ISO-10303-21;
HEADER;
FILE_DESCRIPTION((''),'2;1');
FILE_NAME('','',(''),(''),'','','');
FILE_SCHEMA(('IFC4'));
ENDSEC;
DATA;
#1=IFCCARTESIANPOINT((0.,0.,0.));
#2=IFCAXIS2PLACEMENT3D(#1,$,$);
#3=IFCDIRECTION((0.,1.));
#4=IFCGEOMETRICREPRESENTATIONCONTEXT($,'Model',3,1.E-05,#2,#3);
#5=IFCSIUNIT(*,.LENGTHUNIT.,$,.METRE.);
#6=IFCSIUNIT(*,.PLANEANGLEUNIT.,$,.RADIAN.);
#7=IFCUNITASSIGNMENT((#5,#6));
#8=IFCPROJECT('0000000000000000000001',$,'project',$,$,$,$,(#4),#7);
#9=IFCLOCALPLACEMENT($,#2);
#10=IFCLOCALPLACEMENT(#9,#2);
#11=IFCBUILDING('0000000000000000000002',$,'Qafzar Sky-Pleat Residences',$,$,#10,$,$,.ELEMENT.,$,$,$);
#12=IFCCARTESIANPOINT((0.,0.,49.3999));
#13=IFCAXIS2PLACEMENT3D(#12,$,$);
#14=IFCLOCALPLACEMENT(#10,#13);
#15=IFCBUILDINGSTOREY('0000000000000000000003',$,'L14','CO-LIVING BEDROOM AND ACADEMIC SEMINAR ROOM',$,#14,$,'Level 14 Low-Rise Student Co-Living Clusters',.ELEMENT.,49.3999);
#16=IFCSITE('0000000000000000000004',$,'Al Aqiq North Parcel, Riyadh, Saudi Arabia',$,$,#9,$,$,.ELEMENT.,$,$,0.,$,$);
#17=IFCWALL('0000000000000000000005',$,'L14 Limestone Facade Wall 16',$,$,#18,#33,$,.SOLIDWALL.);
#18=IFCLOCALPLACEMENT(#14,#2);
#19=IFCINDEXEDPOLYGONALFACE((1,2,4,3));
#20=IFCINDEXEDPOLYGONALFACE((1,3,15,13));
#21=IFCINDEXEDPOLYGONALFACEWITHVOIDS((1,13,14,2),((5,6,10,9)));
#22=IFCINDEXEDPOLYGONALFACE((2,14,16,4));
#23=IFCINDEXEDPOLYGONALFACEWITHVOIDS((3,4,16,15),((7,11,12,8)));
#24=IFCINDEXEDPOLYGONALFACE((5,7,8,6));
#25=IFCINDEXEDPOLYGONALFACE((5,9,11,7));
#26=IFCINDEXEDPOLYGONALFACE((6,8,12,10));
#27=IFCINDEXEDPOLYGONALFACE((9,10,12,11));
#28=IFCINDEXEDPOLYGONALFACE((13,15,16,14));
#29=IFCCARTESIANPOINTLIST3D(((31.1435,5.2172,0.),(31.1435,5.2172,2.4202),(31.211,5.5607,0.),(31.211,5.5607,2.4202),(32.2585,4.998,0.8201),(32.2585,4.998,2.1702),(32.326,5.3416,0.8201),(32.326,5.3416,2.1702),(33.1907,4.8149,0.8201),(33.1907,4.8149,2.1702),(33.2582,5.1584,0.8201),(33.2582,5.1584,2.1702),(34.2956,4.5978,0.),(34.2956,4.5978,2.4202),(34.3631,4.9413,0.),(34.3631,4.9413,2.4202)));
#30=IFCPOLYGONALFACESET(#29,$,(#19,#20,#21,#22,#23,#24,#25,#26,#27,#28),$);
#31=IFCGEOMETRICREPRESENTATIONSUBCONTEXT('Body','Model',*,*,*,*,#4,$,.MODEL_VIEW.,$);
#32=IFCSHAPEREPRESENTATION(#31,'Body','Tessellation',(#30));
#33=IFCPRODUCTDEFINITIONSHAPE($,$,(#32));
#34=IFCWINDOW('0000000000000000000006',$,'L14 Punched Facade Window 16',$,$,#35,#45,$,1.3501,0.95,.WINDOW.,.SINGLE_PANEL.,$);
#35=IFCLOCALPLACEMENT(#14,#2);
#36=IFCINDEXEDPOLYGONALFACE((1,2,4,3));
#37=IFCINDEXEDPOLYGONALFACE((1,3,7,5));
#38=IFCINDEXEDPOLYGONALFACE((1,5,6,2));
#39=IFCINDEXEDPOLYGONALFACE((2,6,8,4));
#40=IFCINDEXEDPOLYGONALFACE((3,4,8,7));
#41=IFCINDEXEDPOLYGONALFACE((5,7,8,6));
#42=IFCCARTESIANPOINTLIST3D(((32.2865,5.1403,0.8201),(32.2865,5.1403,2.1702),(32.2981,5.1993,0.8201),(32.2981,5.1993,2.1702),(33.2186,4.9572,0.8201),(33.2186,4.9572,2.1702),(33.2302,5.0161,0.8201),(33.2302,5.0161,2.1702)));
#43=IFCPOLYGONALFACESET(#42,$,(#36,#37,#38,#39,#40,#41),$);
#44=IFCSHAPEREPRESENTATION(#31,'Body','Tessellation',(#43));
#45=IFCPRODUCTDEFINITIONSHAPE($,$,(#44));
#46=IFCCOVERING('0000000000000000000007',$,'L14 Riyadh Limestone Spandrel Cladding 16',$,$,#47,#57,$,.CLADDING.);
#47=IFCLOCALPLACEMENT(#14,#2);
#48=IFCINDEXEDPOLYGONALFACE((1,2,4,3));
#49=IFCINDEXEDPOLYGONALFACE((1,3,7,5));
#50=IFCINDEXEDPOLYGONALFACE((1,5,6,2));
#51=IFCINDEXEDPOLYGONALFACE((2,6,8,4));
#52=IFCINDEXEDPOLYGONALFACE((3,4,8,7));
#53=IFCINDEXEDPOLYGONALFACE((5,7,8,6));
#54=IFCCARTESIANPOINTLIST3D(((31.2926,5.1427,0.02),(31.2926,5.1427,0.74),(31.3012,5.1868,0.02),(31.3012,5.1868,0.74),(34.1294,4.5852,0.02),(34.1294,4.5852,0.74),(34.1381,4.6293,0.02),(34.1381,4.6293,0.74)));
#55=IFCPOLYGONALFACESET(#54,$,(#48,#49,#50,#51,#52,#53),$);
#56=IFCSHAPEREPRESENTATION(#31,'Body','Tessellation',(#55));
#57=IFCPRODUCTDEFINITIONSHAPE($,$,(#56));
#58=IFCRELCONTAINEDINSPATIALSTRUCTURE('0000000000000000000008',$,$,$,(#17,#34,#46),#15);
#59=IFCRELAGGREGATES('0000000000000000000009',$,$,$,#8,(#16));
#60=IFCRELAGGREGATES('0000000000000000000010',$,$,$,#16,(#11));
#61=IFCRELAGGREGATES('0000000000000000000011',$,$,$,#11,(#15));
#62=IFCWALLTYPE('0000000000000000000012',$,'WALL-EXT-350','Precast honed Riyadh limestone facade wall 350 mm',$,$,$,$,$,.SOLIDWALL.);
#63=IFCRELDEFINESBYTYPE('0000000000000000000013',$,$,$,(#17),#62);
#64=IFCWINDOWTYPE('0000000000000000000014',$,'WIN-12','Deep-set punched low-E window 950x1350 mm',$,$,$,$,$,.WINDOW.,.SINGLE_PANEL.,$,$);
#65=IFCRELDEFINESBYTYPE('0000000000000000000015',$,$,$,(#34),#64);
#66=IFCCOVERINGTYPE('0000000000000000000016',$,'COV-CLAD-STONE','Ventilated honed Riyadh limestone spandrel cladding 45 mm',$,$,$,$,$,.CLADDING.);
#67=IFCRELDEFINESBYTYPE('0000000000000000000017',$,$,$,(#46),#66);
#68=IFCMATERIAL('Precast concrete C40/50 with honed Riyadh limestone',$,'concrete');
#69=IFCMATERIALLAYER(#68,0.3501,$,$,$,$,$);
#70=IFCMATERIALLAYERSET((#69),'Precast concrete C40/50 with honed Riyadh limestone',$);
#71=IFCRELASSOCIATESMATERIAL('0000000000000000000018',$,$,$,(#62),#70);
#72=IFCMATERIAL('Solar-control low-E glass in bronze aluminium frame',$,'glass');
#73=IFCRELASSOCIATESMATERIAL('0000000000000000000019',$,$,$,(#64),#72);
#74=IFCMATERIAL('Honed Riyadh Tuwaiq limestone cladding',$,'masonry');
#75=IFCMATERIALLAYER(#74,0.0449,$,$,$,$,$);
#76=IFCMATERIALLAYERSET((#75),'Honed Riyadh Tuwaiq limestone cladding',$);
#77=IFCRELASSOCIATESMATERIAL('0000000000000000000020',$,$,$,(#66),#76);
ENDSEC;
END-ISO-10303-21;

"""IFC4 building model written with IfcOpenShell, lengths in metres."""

from ifc_helpers import new_model, si_unit, direction, frame, frame_2d, origin, origin_2d, place, context, subcontext, project, spatial, rectangle, extrude, source, transform, mapped, material, layer, layer_set, type_object, element, fill, save


model = new_model("IFC4")

# Units and contexts
model_context = context("Model", 3, precision=1e-05, world=origin(), true_north=direction((0.0, 1.0)))
body_context = subcontext(model_context, "Body", "Model", "MODEL_VIEW")
ifc_project = project(units=[si_unit("LENGTHUNIT", "METRE"), si_unit("PLANEANGLEUNIT", "RADIAN")], contexts=[model_context])

# Site, building, storey
site_placement = place(None, origin())
site = spatial("IfcSite", under=ifc_project, at=site_placement, Name="Al Aqiq North Parcel, Riyadh, Saudi Arabia", CompositionType="ELEMENT", RefElevation=0.0)
building_placement = place(site_placement, origin())
building = spatial("IfcBuilding", under=site, at=building_placement, Name="Qafzar Sky-Pleat Residences", CompositionType="ELEMENT")
storey_placement = place(building_placement, frame((0.0, 0.0, 49.3999)))
storey = spatial("IfcBuildingStorey", under=building, at=storey_placement, Name="L14", Description="CO-LIVING BEDROOM AND ACADEMIC SEMINAR ROOM", LongName="Level 14 Low-Rise Student Co-Living Clusters", CompositionType="ELEMENT", Elevation=49.3999)

# Wall, opening, window
ifc_material_1 = material(Name="Precast concrete C40/50 with honed Riyadh limestone", Category="concrete")
ifc_layer_1 = layer(ifc_material_1, 0.3501)
ifc_layer_set_1 = layer_set([ifc_layer_1], Name="Precast concrete C40/50 with honed Riyadh limestone")
wall_type_1 = type_object("IfcWallType", Name="WALL-EXT-350", Description="Precast honed Riyadh limestone facade wall 350 mm", PredefinedType="SOLIDWALL", material=ifc_layer_set_1)
ifc_material_2 = material(Name="Solar-control low-E glass in bronze aluminium frame", Category="glass")
wall_1_placement = place(storey_placement, frame((31.1772, 5.3889, 0.0), z_axis=(0.0, 0.0, 1.0), x_axis=(0.981236, -0.192812, 0.0)))
wall_1 = element("IfcWall", 1, at=wall_1_placement, inside=storey, type_object=wall_type_1, Name="L14 Limestone Facade Wall 16", PredefinedType="SOLIDWALL", context=body_context, shape_type="SweptSolid", body=[
    extrude(rectangle(XDim=3.2124, YDim=0.3501, at=frame_2d((1.6062, 0.0))), origin(), (0.0, 0.0, 1.0), 2.4202),
])
opening_1_placement = place(wall_1_placement, frame((1.1362, 0.0, 0.8201)))
opening_1 = element("IfcOpeningElement", 2, at=opening_1_placement, cuts=wall_1, PredefinedType="OPENING", context=body_context, shape_type="SweptSolid", body=[
    extrude(rectangle(XDim=0.95, YDim=1.3501, at=frame_2d((0.4751, 0.675))), frame((0.0, 0.1851, 0.0), z_axis=(0.0, -1.0, 0.0), x_axis=(1.0, 0.0, 0.0)), (0.0, 0.0, 1.0), 0.3701),
])
window_type_1 = type_object("IfcWindowType", Name="WIN-12", Description="Deep-set punched low-E window 950x1350 mm", PartitioningType="SINGLE_PANEL", PredefinedType="WINDOW", material=ifc_material_2)
shared_shape_1 = source(origin(), body_context, "Body", "SweptSolid", [
    extrude(rectangle(XDim=0.95, YDim=1.3501, at=frame_2d((0.4751, 0.675))), frame((0.0, 0.03, 0.0), z_axis=(0.0, -1.0, 0.0), x_axis=(1.0, 0.0, 0.0)), (0.0, 0.0, 1.0), 0.0601),
])
window_1_placement = place(opening_1_placement, origin())
window_1 = element("IfcWindow", 3, at=window_1_placement, inside=storey, type_object=window_type_1, Name="L14 Punched Facade Window 16", OverallHeight=1.3501, OverallWidth=0.95, PartitioningType="SINGLE_PANEL", PredefinedType="WINDOW", context=body_context, shape_type="MappedRepresentation", body=[
    mapped(shared_shape_1, transform((0.0, 0.0, 0.0), x_axis=(1.0, 0.0, 0.0), y_axis=(0.0, 1.0, 0.0), z_axis=(0.0, 0.0, 1.0), scale=1.0)),
])
fill(opening_1, window_1)

# Covering
ifc_material_3 = material(Name="Honed Riyadh Tuwaiq limestone cladding", Category="masonry")
ifc_layer_2 = layer(ifc_material_3, 0.0449)
ifc_layer_set_2 = layer_set([ifc_layer_2], Name="Honed Riyadh Tuwaiq limestone cladding")
covering_type = type_object("IfcCoveringType", Name="COV-CLAD-STONE", Description="Ventilated honed Riyadh limestone spandrel cladding 45 mm", PredefinedType="CLADDING", material=ifc_layer_set_2)
shared_shape_2 = source(origin(), body_context, "Body", "SweptSolid", [
    extrude(rectangle(XDim=2.8911, YDim=0.0449, at=origin_2d()), origin(), (0.0, 0.0, 1.0), 0.72),
])
covering_placement = place(storey_placement, frame((32.7153, 4.886, 0.02), z_axis=(0.0, 0.0, 1.0), x_axis=(0.981235, -0.192816, 0.0)))
element("IfcCovering", 4, at=covering_placement, inside=storey, type_object=covering_type, Name="L14 Riyadh Limestone Spandrel Cladding 16", PredefinedType="CLADDING", context=body_context, shape_type="MappedRepresentation", body=[
    mapped(shared_shape_2, transform((0.0, 0.0, 0.0), x_axis=(1.0, 0.0, 0.0), y_axis=(0.0, 1.0, 0.0), z_axis=(0.0, 0.0, 1.0), scale=1.0)),
])

save(model, "model.ifc")
